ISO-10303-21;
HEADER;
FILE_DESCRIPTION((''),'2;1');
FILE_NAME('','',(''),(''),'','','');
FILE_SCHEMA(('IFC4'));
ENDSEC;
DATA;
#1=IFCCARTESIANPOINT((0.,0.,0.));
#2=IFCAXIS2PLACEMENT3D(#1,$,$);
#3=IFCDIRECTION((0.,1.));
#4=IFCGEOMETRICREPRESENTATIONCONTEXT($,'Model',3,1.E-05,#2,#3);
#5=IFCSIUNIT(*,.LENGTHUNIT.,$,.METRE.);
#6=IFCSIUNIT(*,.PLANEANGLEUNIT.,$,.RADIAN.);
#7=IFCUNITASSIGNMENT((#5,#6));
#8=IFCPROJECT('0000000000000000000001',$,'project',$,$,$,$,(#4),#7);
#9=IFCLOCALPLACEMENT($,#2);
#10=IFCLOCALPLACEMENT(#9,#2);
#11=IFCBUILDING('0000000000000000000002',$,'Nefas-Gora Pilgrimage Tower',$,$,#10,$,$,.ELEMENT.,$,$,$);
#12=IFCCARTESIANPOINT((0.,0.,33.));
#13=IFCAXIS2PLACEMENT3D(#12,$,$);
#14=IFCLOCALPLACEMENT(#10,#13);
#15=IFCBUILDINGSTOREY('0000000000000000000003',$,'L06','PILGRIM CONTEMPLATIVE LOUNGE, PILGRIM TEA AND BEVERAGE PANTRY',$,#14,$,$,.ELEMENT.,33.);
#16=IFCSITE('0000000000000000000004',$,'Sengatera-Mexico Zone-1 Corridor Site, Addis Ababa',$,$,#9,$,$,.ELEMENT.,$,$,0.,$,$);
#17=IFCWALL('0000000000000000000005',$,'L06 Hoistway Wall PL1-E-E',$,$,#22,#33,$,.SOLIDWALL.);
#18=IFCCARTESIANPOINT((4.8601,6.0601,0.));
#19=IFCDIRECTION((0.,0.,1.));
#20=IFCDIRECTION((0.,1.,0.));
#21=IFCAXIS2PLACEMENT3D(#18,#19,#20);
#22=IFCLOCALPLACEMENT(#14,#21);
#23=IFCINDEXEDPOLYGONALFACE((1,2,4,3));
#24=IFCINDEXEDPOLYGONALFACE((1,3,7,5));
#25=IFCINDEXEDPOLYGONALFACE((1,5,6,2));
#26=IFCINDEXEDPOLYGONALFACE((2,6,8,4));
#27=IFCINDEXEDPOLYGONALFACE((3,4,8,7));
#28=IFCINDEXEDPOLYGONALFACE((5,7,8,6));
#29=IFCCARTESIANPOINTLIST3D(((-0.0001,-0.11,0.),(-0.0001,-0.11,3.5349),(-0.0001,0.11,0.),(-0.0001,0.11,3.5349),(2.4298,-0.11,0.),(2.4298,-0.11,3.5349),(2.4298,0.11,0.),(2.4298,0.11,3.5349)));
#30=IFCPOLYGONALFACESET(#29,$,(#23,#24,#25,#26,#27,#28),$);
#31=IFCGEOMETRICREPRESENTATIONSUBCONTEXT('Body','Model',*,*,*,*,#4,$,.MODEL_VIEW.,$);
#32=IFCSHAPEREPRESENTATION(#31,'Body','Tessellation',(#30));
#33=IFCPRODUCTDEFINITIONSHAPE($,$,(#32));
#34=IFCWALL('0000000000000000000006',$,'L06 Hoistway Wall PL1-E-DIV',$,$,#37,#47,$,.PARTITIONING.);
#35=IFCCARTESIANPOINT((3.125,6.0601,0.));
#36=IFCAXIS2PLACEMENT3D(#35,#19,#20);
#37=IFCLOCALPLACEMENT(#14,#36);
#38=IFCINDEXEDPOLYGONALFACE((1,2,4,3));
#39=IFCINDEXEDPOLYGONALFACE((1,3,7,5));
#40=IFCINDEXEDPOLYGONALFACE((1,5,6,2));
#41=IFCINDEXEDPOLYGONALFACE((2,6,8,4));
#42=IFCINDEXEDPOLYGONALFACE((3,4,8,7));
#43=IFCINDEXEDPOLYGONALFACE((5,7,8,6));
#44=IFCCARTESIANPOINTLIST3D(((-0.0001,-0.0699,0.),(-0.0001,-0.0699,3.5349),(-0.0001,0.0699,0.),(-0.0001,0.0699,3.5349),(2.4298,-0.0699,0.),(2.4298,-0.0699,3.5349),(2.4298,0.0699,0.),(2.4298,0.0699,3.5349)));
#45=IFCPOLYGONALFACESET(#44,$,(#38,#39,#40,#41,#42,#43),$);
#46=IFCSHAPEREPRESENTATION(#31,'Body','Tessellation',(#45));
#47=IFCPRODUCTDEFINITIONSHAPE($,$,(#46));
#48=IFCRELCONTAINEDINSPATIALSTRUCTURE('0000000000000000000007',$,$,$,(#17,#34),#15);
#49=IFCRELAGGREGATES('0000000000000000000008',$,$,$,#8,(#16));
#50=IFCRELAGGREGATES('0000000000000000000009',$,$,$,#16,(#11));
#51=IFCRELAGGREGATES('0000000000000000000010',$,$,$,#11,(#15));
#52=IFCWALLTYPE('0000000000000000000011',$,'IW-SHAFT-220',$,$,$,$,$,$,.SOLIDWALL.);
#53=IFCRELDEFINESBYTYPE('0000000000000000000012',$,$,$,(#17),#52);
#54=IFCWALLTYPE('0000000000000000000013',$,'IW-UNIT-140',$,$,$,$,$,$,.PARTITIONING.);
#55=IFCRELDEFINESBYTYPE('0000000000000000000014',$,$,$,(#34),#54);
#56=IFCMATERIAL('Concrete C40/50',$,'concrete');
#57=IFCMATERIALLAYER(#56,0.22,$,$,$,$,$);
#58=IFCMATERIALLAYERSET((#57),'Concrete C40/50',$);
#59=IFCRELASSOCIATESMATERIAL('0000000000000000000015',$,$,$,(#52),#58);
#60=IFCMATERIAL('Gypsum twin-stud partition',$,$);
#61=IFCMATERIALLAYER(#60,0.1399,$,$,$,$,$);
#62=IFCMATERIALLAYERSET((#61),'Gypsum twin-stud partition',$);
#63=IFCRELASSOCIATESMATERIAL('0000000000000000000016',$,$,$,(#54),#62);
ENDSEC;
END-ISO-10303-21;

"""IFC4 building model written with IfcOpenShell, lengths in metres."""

from ifc_helpers import new_model, si_unit, direction, frame, frame_2d, origin, place, context, subcontext, project, spatial, rectangle, extrude, source, transform, mapped, material, layer, layer_set, type_object, element, save


model = new_model("IFC4")

# Units and contexts
model_context = context("Model", 3, precision=1e-05, world=origin(), true_north=direction((0.0, 1.0)))
body_context = subcontext(model_context, "Body", "Model", "MODEL_VIEW")
ifc_project = project(units=[si_unit("LENGTHUNIT", "METRE"), si_unit("PLANEANGLEUNIT", "RADIAN")], contexts=[model_context])

# Site, building, storey
site_placement = place(None, origin())
site = spatial("IfcSite", under=ifc_project, at=site_placement, Name="Sengatera-Mexico Zone-1 Corridor Site, Addis Ababa", CompositionType="ELEMENT", RefElevation=0.0)
building_placement = place(site_placement, origin())
building = spatial("IfcBuilding", under=site, at=building_placement, Name="Nefas-Gora Pilgrimage Tower", CompositionType="ELEMENT")
storey_placement = place(building_placement, frame((0.0, 0.0, 33.0)))
storey = spatial("IfcBuildingStorey", under=building, at=storey_placement, Name="L06", Description="PILGRIM CONTEMPLATIVE LOUNGE, PILGRIM TEA AND BEVERAGE PANTRY", CompositionType="ELEMENT", Elevation=33.0)

# Shared definitions
ifc_material_1 = material(Name="Concrete C40/50", Category="concrete")

# Shared definitions
ifc_layer_1 = layer(ifc_material_1, 0.22)
ifc_layer_set_1 = layer_set([ifc_layer_1], Name="Concrete C40/50")
wall_type_1 = type_object("IfcWallType", Name="IW-SHAFT-220", PredefinedType="SOLIDWALL", material=ifc_layer_set_1)

# Walls
shared_shape_1 = source(origin(), body_context, "Body", "SweptSolid", [
    extrude(rectangle(XDim=2.4299, YDim=0.22, at=frame_2d((1.2148, 0.0))), origin(), (0.0, 0.0, 1.0), 3.5349),
])
for number, where, z_axis, x_axis, name in (
    (1, (4.8601, 6.0601, 0.0), (0.0, 0.0, 1.0), (0.0, 1.0, 0.0), "L06 Hoistway Wall PL1-E-E"),
):
    element("IfcWall", number, at=place(storey_placement, frame(where, z_axis=z_axis, x_axis=x_axis)), inside=storey, type_object=wall_type_1, Name=name, PredefinedType="SOLIDWALL", context=body_context, shape_type="MappedRepresentation", body=[
        mapped(shared_shape_1, transform((0.0, 0.0, 0.0), x_axis=(1.0, 0.0, 0.0), y_axis=(0.0, 1.0, 0.0), z_axis=(0.0, 0.0, 1.0), scale=1.0)),
    ])
ifc_material_2 = material(Name="Gypsum twin-stud partition")
ifc_layer_2 = layer(ifc_material_2, 0.1399)
ifc_layer_set_2 = layer_set([ifc_layer_2], Name="Gypsum twin-stud partition")
wall_type_2 = type_object("IfcWallType", Name="IW-UNIT-140", PredefinedType="PARTITIONING", material=ifc_layer_set_2)
shared_shape_2 = source(origin(), body_context, "Body", "SweptSolid", [
    extrude(rectangle(XDim=2.4299, YDim=0.1399, at=frame_2d((1.2148, 0.0))), origin(), (0.0, 0.0, 1.0), 3.5349),
])
wall_1_placement = place(storey_placement, frame((3.125, 6.0601, 0.0), z_axis=(0.0, 0.0, 1.0), x_axis=(0.0, 1.0, 0.0)))
element("IfcWall", 2, at=wall_1_placement, inside=storey, type_object=wall_type_2, Name="L06 Hoistway Wall PL1-E-DIV", PredefinedType="PARTITIONING", context=body_context, shape_type="MappedRepresentation", body=[
    mapped(shared_shape_2, transform((0.0, 0.0, 0.0), x_axis=(1.0, 0.0, 0.0), y_axis=(0.0, 1.0, 0.0), z_axis=(0.0, 0.0, 1.0), scale=1.0)),
])

save(model, "model.ifc")
